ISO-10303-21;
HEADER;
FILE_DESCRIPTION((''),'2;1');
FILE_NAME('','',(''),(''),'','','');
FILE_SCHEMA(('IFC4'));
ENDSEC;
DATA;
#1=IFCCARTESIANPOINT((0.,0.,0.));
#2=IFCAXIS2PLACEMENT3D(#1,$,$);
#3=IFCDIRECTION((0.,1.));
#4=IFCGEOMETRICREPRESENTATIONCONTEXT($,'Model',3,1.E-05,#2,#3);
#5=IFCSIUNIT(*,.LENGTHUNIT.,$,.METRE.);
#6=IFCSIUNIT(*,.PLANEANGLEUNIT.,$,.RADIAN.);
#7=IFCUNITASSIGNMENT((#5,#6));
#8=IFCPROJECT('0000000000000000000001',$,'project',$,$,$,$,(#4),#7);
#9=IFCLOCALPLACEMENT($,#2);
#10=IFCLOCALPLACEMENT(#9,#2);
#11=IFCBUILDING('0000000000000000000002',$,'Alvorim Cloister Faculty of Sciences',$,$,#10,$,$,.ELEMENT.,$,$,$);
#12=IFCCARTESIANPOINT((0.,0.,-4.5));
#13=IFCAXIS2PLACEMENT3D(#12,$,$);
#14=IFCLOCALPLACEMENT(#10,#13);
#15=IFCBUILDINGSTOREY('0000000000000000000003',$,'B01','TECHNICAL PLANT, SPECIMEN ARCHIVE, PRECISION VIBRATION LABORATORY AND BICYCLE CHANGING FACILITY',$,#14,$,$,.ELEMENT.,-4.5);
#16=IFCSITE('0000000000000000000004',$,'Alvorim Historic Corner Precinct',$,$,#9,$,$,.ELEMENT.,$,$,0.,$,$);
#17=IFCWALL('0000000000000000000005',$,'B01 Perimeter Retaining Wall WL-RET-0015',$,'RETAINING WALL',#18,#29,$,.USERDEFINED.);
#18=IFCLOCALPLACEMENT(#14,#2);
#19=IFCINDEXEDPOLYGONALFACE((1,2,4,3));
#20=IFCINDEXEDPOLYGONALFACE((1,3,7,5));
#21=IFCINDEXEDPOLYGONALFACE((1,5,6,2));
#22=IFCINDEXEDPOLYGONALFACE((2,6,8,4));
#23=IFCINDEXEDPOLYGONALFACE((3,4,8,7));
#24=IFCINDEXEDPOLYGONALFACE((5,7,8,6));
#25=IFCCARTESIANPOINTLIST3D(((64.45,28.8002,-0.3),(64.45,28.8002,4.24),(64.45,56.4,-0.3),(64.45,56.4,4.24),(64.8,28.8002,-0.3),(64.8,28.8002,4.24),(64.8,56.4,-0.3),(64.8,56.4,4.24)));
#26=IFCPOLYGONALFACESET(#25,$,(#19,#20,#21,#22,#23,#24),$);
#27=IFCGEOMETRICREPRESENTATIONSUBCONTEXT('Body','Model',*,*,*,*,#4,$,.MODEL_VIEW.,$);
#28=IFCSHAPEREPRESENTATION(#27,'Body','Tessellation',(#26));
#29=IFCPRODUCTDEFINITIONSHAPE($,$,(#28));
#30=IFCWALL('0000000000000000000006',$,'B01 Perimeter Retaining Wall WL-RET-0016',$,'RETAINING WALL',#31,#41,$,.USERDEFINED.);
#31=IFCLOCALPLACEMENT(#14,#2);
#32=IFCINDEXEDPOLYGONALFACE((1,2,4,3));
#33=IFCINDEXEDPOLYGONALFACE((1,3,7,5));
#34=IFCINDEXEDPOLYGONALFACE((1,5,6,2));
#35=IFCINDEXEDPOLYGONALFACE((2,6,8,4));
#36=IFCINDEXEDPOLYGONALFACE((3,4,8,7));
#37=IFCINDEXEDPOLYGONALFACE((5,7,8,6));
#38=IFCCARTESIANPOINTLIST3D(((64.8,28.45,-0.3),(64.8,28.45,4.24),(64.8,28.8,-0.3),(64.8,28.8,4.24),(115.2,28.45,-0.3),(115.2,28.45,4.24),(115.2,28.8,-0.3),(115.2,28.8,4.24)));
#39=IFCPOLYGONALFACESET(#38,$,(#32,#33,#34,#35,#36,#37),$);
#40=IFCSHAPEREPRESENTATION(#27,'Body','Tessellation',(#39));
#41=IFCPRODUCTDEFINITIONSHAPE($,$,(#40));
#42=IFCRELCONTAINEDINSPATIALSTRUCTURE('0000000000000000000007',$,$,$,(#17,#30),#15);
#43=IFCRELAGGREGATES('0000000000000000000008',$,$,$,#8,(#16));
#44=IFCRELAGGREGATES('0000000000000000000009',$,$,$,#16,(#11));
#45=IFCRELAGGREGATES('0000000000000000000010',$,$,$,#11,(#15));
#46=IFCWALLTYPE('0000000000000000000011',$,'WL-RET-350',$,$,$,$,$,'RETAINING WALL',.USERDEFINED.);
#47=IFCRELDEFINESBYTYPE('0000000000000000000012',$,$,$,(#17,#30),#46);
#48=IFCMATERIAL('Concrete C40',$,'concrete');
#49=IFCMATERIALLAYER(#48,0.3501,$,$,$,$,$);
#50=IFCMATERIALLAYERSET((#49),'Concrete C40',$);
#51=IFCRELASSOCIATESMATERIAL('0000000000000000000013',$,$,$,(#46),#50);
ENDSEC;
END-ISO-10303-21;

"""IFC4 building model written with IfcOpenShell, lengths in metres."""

from ifc_helpers import new_model, si_unit, direction, frame, frame_2d, origin, place, context, subcontext, project, spatial, rectangle, extrude, material, layer, layer_set, type_object, element, save


model = new_model("IFC4")

# Units and contexts
model_context = context("Model", 3, precision=1e-05, world=origin(), true_north=direction((0.0, 1.0)))
body_context = subcontext(model_context, "Body", "Model", "MODEL_VIEW")
ifc_project = project(units=[si_unit("LENGTHUNIT", "METRE"), si_unit("PLANEANGLEUNIT", "RADIAN")], contexts=[model_context])

# Site, building, storey
site_placement = place(None, origin())
site = spatial("IfcSite", under=ifc_project, at=site_placement, Name="Alvorim Historic Corner Precinct", CompositionType="ELEMENT", RefElevation=0.0)
building_placement = place(site_placement, origin())
building = spatial("IfcBuilding", under=site, at=building_placement, Name="Alvorim Cloister Faculty of Sciences", CompositionType="ELEMENT")
storey_placement = place(building_placement, frame((0.0, 0.0, -4.5)))
storey = spatial("IfcBuildingStorey", under=building, at=storey_placement, Name="B01", Description="TECHNICAL PLANT, SPECIMEN ARCHIVE, PRECISION VIBRATION LABORATORY AND BICYCLE CHANGING FACILITY", CompositionType="ELEMENT", Elevation=-4.5)

# Shared definitions
ifc_material_1 = material(Name="Concrete C40", Category="concrete")

# Walls
ifc_layer_1 = layer(ifc_material_1, 0.3501)
ifc_layer_set_1 = layer_set([ifc_layer_1], Name="Concrete C40")
wall_type_1 = type_object("IfcWallType", Name="WL-RET-350", ElementType="RETAINING WALL", PredefinedType="USERDEFINED", material=ifc_layer_set_1)
wall_1_placement = place(storey_placement, frame((64.625, 56.3999, -0.3), z_axis=(0.0, 0.0, 1.0), x_axis=(0.0, -1.0, 0.0)))
element("IfcWall", 1, at=wall_1_placement, inside=storey, type_object=wall_type_1, Name="B01 Perimeter Retaining Wall WL-RET-0015", ObjectType="RETAINING WALL", PredefinedType="USERDEFINED", context=body_context, shape_type="SweptSolid", body=[
    extrude(rectangle(XDim=27.5999, YDim=0.3501, at=frame_2d((13.7998, 0.0))), origin(), (0.0, 0.0, 1.0), 4.54),
])
wall_2_placement = place(storey_placement, frame((64.8, 28.625, -0.3), z_axis=(0.0, 0.0, 1.0), x_axis=(1.0, 0.0, 0.0)))
element("IfcWall", 2, at=wall_2_placement, inside=storey, type_object=wall_type_1, Name="B01 Perimeter Retaining Wall WL-RET-0016", ObjectType="RETAINING WALL", PredefinedType="USERDEFINED", context=body_context, shape_type="SweptSolid", body=[
    extrude(rectangle(XDim=50.3999, YDim=0.3501, at=frame_2d((25.2, 0.0))), origin(), (0.0, 0.0, 1.0), 4.54),
])

save(model, "model.ifc")
